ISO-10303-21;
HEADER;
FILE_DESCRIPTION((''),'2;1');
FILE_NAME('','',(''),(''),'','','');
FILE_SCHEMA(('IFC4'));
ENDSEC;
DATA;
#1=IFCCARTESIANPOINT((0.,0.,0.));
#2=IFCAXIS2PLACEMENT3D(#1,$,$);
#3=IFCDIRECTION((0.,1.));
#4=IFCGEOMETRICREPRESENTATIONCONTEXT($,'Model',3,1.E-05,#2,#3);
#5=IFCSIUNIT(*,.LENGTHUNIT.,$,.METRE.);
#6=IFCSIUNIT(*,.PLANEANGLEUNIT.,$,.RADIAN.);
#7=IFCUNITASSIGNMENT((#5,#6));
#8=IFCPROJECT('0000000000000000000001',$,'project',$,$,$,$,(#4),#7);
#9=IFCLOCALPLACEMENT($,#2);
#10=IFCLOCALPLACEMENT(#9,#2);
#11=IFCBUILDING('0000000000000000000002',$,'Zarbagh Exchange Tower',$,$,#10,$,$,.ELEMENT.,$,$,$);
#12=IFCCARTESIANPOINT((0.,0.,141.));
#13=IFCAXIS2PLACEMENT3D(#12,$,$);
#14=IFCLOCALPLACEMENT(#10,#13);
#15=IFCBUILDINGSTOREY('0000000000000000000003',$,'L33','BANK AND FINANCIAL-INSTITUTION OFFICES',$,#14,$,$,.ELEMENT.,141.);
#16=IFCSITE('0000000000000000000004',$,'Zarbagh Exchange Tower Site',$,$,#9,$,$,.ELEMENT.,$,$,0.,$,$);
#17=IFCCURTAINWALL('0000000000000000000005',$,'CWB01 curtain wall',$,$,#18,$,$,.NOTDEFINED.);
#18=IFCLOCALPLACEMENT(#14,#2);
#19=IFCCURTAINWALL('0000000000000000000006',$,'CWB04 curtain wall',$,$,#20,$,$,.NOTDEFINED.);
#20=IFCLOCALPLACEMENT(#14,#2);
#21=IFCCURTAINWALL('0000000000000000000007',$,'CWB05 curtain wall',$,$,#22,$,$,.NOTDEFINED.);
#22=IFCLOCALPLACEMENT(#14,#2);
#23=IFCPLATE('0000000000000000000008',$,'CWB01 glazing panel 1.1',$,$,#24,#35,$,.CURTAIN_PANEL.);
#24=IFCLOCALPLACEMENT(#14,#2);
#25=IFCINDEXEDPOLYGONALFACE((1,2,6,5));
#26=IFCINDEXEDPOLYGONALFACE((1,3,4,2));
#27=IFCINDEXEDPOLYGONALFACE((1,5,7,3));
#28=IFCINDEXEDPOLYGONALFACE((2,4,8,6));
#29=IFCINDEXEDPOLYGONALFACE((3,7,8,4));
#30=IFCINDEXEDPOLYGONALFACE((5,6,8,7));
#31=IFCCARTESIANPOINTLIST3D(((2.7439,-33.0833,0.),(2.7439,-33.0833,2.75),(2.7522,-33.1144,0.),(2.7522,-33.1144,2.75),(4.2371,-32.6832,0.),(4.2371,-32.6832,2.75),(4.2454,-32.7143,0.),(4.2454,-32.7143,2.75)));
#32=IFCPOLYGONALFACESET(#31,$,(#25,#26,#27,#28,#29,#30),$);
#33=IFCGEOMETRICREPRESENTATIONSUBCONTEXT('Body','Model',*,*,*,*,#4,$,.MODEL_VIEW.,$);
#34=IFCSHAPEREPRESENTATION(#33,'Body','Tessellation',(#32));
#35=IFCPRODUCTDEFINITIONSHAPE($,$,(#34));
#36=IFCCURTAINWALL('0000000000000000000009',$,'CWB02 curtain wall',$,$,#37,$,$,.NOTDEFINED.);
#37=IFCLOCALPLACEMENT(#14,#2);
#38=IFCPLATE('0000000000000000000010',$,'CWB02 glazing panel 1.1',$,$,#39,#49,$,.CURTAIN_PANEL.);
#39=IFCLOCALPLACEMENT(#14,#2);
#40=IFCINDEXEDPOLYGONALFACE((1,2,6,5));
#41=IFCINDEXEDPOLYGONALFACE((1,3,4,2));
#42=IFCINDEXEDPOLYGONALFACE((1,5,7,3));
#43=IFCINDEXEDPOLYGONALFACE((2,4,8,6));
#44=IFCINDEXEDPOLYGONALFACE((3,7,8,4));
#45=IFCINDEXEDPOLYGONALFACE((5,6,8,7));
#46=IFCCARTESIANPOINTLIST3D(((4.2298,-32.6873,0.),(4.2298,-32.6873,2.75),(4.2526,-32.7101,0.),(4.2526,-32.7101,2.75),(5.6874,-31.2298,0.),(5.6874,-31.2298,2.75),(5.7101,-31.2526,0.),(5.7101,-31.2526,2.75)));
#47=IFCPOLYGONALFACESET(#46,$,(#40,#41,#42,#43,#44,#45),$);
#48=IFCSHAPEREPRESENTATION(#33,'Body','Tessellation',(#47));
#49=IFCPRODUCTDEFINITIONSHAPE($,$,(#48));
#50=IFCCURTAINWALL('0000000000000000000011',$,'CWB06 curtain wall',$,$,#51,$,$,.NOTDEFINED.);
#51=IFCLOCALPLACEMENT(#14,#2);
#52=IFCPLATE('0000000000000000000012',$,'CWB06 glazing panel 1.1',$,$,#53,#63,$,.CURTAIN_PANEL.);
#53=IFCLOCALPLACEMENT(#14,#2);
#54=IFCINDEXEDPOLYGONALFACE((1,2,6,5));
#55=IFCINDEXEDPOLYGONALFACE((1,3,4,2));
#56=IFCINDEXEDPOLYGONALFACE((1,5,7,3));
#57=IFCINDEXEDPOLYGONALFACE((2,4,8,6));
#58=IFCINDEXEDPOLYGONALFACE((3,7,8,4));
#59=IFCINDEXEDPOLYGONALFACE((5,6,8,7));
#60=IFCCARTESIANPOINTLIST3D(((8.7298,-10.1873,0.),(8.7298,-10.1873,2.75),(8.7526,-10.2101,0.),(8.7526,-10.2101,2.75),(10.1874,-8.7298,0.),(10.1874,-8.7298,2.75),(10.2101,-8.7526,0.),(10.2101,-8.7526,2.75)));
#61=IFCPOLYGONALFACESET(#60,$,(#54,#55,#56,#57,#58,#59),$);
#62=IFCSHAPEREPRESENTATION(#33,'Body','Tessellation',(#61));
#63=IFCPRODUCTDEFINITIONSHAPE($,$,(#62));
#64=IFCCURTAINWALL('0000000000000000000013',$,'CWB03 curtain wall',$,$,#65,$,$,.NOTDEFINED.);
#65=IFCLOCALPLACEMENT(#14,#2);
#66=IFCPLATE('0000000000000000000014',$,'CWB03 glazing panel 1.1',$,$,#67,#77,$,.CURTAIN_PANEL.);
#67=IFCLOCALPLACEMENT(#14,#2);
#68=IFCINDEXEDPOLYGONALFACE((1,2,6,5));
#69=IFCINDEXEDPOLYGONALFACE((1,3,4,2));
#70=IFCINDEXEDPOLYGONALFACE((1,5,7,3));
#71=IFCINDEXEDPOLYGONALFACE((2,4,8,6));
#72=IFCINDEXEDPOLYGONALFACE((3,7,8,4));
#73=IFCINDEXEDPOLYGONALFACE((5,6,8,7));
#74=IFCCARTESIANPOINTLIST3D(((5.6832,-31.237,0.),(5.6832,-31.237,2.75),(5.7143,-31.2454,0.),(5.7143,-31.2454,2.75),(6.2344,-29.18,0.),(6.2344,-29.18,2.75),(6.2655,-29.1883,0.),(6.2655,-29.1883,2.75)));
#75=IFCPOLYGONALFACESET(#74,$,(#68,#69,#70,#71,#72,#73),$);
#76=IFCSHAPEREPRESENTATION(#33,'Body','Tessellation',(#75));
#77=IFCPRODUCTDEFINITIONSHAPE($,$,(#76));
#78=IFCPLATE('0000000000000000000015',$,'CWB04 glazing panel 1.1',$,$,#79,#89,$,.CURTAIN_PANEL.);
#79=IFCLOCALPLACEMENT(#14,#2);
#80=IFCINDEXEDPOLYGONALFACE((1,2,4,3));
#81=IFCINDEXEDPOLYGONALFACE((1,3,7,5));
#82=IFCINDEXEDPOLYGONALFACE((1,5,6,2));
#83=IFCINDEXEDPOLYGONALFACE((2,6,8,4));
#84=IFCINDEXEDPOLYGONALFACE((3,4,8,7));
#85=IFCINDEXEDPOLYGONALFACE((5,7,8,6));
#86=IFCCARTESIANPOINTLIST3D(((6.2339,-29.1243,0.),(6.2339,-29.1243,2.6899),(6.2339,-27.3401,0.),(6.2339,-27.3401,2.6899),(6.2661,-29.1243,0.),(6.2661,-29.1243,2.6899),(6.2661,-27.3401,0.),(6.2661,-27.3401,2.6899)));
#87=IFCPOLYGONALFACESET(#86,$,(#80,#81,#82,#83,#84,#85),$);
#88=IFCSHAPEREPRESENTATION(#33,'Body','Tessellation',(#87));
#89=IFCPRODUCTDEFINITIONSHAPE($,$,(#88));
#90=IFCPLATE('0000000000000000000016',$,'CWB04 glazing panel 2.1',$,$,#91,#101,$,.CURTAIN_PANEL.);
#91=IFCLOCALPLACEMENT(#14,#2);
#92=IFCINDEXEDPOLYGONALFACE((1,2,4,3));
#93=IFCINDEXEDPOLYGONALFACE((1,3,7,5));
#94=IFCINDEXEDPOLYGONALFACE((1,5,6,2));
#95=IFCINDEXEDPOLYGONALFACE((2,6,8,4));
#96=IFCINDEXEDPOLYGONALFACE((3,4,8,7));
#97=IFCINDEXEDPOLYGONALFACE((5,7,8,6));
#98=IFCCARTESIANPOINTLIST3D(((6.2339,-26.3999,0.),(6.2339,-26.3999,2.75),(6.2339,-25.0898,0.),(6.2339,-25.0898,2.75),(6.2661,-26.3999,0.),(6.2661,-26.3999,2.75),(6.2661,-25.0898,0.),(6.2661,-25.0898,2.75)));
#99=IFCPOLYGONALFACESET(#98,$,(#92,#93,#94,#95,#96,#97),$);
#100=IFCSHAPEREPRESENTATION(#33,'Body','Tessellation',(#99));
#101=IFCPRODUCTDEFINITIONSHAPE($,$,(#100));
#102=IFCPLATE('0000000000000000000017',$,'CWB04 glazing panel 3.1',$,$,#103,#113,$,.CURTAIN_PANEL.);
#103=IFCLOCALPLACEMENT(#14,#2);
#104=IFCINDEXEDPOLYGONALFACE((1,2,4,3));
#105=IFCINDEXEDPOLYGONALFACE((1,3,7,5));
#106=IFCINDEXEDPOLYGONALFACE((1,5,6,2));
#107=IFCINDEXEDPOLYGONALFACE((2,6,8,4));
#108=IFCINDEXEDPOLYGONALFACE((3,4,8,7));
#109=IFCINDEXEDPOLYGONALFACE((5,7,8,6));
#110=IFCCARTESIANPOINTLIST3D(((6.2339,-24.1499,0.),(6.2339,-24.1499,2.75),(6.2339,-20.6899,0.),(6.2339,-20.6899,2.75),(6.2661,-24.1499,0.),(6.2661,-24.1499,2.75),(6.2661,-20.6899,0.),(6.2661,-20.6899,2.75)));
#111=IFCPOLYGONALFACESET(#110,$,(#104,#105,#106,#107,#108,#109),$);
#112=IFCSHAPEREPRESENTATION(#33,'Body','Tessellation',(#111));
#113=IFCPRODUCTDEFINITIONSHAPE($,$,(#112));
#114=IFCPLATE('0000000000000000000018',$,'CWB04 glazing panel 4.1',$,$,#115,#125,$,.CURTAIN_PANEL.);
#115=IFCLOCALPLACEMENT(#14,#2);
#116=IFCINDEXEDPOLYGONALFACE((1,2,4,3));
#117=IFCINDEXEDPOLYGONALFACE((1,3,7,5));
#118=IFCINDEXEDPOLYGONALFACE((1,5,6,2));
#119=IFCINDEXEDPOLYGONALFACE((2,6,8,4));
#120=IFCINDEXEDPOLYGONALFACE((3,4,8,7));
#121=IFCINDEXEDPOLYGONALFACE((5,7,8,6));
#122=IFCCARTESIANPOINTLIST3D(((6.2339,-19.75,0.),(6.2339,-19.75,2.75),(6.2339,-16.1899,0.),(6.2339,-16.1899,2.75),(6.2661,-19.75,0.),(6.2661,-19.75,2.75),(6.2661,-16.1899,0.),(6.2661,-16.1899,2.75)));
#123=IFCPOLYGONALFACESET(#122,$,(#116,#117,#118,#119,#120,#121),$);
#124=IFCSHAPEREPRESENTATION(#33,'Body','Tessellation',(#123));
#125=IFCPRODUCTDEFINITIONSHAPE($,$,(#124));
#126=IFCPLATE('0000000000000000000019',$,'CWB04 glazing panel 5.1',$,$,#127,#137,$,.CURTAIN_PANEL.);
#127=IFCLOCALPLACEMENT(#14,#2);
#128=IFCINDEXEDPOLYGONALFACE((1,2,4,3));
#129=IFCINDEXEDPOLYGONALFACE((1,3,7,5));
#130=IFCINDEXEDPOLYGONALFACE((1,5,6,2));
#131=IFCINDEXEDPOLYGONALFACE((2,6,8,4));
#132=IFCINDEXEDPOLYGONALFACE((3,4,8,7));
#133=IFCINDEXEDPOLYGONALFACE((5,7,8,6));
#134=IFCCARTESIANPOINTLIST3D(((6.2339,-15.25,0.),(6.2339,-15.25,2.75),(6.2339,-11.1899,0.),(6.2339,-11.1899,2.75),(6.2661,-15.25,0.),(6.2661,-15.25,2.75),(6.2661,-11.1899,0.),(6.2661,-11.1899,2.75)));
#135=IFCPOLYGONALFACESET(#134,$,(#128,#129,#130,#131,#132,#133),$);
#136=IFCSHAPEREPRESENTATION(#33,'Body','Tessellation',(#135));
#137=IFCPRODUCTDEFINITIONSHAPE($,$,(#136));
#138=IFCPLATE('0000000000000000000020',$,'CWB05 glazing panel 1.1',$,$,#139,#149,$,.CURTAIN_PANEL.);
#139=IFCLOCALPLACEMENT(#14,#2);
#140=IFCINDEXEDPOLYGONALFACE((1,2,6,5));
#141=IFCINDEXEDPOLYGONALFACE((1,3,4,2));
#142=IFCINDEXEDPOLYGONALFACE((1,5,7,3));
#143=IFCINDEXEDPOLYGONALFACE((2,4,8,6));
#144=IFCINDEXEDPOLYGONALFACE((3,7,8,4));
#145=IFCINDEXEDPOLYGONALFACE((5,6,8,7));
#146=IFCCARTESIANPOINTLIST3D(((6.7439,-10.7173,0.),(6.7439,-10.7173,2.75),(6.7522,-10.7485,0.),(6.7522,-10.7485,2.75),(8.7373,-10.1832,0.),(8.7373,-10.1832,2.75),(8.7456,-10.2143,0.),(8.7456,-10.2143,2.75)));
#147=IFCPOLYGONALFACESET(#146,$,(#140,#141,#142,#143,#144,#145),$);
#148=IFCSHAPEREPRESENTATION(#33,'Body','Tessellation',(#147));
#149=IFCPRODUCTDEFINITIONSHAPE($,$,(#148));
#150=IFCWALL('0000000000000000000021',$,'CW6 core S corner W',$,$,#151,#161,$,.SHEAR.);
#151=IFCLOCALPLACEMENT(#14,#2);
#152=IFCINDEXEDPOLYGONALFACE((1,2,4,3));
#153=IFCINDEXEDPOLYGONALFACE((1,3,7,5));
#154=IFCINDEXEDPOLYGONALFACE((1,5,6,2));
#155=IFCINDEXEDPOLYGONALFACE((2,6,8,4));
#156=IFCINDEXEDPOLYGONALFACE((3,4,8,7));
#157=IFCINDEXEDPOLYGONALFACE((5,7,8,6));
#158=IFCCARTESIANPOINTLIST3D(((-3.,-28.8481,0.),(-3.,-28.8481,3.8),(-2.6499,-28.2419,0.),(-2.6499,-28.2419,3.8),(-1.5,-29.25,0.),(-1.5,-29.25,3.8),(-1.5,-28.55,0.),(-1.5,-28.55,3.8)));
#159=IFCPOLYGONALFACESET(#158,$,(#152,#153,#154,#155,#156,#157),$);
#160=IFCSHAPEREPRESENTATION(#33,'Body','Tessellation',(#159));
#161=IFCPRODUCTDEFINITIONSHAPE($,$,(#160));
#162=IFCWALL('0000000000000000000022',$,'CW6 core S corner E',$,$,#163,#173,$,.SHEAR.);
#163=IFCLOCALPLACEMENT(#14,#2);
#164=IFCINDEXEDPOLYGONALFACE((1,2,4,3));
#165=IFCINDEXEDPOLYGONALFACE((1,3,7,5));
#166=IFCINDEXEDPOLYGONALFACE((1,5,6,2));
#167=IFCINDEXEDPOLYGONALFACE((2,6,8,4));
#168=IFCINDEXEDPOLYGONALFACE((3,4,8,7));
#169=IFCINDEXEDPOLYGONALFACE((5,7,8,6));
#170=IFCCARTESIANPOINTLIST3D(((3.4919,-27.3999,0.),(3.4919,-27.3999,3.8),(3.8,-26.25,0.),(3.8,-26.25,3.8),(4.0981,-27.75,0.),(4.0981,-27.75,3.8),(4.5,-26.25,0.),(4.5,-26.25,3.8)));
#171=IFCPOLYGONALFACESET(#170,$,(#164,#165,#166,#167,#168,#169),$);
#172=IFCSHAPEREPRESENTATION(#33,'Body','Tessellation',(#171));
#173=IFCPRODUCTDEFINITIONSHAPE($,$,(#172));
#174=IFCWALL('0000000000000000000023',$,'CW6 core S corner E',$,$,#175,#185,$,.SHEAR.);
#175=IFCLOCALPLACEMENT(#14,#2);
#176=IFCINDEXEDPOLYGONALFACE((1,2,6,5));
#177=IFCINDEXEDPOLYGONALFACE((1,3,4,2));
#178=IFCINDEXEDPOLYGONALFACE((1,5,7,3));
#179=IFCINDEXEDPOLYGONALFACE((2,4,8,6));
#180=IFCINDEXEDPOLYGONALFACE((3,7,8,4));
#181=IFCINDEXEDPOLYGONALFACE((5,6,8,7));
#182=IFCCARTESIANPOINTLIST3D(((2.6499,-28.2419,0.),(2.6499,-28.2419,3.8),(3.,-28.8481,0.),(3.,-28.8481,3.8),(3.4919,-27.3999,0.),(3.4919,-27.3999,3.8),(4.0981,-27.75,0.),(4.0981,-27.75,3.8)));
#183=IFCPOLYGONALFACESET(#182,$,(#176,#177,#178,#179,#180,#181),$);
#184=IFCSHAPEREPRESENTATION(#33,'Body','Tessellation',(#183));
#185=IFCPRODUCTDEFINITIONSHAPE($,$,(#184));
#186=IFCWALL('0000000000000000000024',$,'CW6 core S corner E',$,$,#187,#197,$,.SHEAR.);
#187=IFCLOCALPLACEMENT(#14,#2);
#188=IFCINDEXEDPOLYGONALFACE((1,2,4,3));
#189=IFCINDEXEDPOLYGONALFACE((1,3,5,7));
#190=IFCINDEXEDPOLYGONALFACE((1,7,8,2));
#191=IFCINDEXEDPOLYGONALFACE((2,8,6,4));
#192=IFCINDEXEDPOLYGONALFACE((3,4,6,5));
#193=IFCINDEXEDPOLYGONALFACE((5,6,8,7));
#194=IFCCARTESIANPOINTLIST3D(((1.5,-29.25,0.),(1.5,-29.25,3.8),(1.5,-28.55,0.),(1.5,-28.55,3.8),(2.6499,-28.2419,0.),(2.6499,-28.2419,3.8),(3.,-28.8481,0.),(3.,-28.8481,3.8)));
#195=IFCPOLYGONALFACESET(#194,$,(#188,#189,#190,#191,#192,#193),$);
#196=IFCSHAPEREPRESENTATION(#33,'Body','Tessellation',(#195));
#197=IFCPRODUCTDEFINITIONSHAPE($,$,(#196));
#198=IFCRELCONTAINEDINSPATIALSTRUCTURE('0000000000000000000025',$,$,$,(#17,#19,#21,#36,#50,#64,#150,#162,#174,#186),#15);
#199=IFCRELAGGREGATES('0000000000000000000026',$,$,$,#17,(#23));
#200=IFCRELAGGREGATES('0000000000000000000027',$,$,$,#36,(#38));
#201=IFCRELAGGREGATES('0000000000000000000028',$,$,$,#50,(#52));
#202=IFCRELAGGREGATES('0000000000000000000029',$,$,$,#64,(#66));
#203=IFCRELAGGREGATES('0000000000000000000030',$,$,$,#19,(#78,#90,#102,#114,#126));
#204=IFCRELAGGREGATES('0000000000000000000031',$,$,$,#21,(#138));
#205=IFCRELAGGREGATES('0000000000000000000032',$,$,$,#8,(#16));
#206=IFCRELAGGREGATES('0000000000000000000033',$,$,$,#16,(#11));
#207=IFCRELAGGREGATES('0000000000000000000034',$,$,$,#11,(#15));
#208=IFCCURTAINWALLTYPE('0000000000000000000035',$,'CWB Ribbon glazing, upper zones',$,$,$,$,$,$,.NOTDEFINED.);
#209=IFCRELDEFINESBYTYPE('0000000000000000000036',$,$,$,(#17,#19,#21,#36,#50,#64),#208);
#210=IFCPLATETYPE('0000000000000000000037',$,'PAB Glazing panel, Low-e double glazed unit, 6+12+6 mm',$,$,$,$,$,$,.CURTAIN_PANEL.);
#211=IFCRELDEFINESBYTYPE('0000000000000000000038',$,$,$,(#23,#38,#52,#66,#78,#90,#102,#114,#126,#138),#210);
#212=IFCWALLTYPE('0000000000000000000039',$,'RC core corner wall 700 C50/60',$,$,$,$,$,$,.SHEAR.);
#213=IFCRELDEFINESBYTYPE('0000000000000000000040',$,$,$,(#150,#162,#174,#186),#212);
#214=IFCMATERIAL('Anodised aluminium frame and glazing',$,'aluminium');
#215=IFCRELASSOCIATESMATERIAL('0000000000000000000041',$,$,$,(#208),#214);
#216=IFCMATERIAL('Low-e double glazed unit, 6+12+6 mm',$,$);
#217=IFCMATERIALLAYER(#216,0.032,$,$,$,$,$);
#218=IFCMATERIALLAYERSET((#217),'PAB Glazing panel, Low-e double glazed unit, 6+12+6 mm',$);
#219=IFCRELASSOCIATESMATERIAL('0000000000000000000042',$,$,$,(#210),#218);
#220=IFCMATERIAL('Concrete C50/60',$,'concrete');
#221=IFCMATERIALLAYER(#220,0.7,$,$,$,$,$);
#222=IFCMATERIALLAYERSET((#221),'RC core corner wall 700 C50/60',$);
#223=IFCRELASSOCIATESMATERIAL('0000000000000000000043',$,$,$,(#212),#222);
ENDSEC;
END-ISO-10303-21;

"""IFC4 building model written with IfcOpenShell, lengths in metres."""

from ifc_helpers import new_model, si_unit, direction, frame, origin, place, context, subcontext, project, spatial, polyline, outline, extrude, source, transform, mapped, material, layer, layer_set, type_object, element, aggregate, save


model = new_model("IFC4")

# Units and contexts
model_context = context("Model", 3, precision=1e-05, world=origin(), true_north=direction((0.0, 1.0)))
body_context = subcontext(model_context, "Body", "Model", "MODEL_VIEW")
ifc_project = project(units=[si_unit("LENGTHUNIT", "METRE"), si_unit("PLANEANGLEUNIT", "RADIAN")], contexts=[model_context])

# Site, building, storey
site_placement = place(None, origin())
site = spatial("IfcSite", under=ifc_project, at=site_placement, Name="Zarbagh Exchange Tower Site", CompositionType="ELEMENT", RefElevation=0.0)
building_placement = place(site_placement, origin())
building = spatial("IfcBuilding", under=site, at=building_placement, Name="Zarbagh Exchange Tower", CompositionType="ELEMENT")
storey_placement = place(building_placement, frame((0.0, 0.0, 141.0)))
storey = spatial("IfcBuildingStorey", under=building, at=storey_placement, Name="L33", Description="BANK AND FINANCIAL-INSTITUTION OFFICES", CompositionType="ELEMENT", Elevation=141.0)

# Curtain wall
ifc_material_1 = material(Name="Anodised aluminium frame and glazing", Category="aluminium")
curtain_wall_type = type_object("IfcCurtainWallType", Name="CWB Ribbon glazing, upper zones", PredefinedType="NOTDEFINED", material=ifc_material_1)
curtain_wall_1_placement = place(storey_placement, origin())
curtain_wall_1 = element("IfcCurtainWall", 1, at=curtain_wall_1_placement, inside=storey, type_object=curtain_wall_type, Name="CWB01 curtain wall", PredefinedType="NOTDEFINED")
placement = place(storey_placement, origin())

# Curtain wall
curtain_wall_2_placement = place(storey_placement, origin())
curtain_wall_2 = element("IfcCurtainWall", 2, at=curtain_wall_2_placement, inside=storey, type_object=curtain_wall_type, Name="CWB04 curtain wall", PredefinedType="NOTDEFINED")

# Curtain wall
curtain_wall_3_placement = place(storey_placement, origin())
curtain_wall_3 = element("IfcCurtainWall", 3, at=curtain_wall_3_placement, inside=storey, type_object=curtain_wall_type, Name="CWB05 curtain wall", PredefinedType="NOTDEFINED")

# Plate
ifc_material_2 = material(Name="Low-e double glazed unit, 6+12+6 mm")
ifc_layer_1 = layer(ifc_material_2, 0.032)
ifc_layer_set_1 = layer_set([ifc_layer_1], Name="PAB Glazing panel, Low-e double glazed unit, 6+12+6 mm")
plate_type = type_object("IfcPlateType", Name="PAB Glazing panel, Low-e double glazed unit, 6+12+6 mm", PredefinedType="CURTAIN_PANEL", material=ifc_layer_set_1)
shared_shape_1 = source(origin(), body_context, "Body", "SweptSolid", [
    extrude(outline(polyline([(0.0, -0.0161), (1.5459, -0.0161), (1.5459, 0.0161), (0.0, 0.0161), (0.0, -0.0161)])), origin(), (0.0, 0.0, 1.0), 2.75),
])
plate_1 = element("IfcPlate", 4, at=placement, type_object=plate_type, Name="CWB01 glazing panel 1.1", PredefinedType="CURTAIN_PANEL", context=body_context, shape_type="MappedRepresentation", body=[
    mapped(shared_shape_1, transform((2.748, -33.0989, 0.0), x_axis=(0.965924, 0.258825, 0.0), y_axis=(-0.258825, 0.965924, 0.0), z_axis=(0.0, 0.0, 1.0))),
])
aggregate(curtain_wall_1, [plate_1])

# Curtain walls, plates
curtain_wall_4_placement = place(storey_placement, origin())
curtain_wall_4 = element("IfcCurtainWall", 5, at=curtain_wall_4_placement, inside=storey, type_object=curtain_wall_type, Name="CWB02 curtain wall", PredefinedType="NOTDEFINED")
shared_shape_2 = source(origin(), body_context, "Body", "SweptSolid", [
    extrude(outline(polyline([(0.0, -0.0161), (2.0613, -0.0161), (2.0613, 0.0161), (0.0, 0.0161), (0.0, -0.0161)])), origin(), (0.0, 0.0, 1.0), 2.75),
])
plate_2 = element("IfcPlate", 6, at=placement, type_object=plate_type, Name="CWB02 glazing panel 1.1", PredefinedType="CURTAIN_PANEL", context=body_context, shape_type="MappedRepresentation", body=[
    mapped(shared_shape_2, transform((4.2412, -32.6987, 0.0), x_axis=(0.707107, 0.707107, 0.0), y_axis=(-0.707107, 0.707107, 0.0), z_axis=(0.0, 0.0, 1.0))),
])
aggregate(curtain_wall_4, [plate_2])
curtain_wall_5_placement = place(storey_placement, origin())
curtain_wall_5 = element("IfcCurtainWall", 7, at=curtain_wall_5_placement, inside=storey, type_object=curtain_wall_type, Name="CWB06 curtain wall", PredefinedType="NOTDEFINED")
plate_3 = element("IfcPlate", 8, at=placement, type_object=plate_type, Name="CWB06 glazing panel 1.1", PredefinedType="CURTAIN_PANEL", context=body_context, shape_type="MappedRepresentation", body=[
    mapped(shared_shape_2, transform((8.7412, -10.1987, 0.0), x_axis=(0.707107, 0.707107, 0.0), y_axis=(-0.707107, 0.707107, 0.0), z_axis=(0.0, 0.0, 1.0))),
])
aggregate(curtain_wall_5, [plate_3])
curtain_wall_6_placement = place(storey_placement, origin())
curtain_wall_6 = element("IfcCurtainWall", 9, at=curtain_wall_6_placement, inside=storey, type_object=curtain_wall_type, Name="CWB03 curtain wall", PredefinedType="NOTDEFINED")
shared_shape_3 = source(origin(), body_context, "Body", "SweptSolid", [
    extrude(outline(polyline([(0.0, -0.0161), (2.1296, -0.0161), (2.1296, 0.0161), (0.0, 0.0161), (0.0, -0.0161)])), origin(), (0.0, 0.0, 1.0), 2.75),
])
plate_4 = element("IfcPlate", 10, at=placement, type_object=plate_type, Name="CWB03 glazing panel 1.1", PredefinedType="CURTAIN_PANEL", context=body_context, shape_type="MappedRepresentation", body=[
    mapped(shared_shape_3, transform((5.6987, -31.2412, 0.0), x_axis=(0.258825, 0.965924, 0.0), y_axis=(-0.965924, 0.258825, 0.0), z_axis=(0.0, 0.0, 1.0))),
])
aggregate(curtain_wall_6, [plate_4])

# Plates
shared_shape_4 = source(origin(), body_context, "Body", "SweptSolid", [
    extrude(outline(polyline([(0.0, -0.0161), (1.7842, -0.0161), (1.7842, 0.0161), (0.0, 0.0161), (0.0, -0.0161)])), origin(), (0.0, 0.0, 1.0), 2.6899),
])
plate_5 = element("IfcPlate", 11, at=placement, type_object=plate_type, Name="CWB04 glazing panel 1.1", PredefinedType="CURTAIN_PANEL", context=body_context, shape_type="MappedRepresentation", body=[
    mapped(shared_shape_4, transform((6.25, -29.1243, 0.0), x_axis=(0.0, 1.0, 0.0), y_axis=(-1.0, 0.0, 0.0), z_axis=(0.0, 0.0, 1.0))),
])
shared_shape_5 = source(origin(), body_context, "Body", "SweptSolid", [
    extrude(outline(polyline([(0.0, -0.0161), (1.3101, -0.0161), (1.3101, 0.0161), (0.0, 0.0161), (0.0, -0.0161)])), origin(), (0.0, 0.0, 1.0), 2.75),
])
plate_6 = element("IfcPlate", 12, at=placement, type_object=plate_type, Name="CWB04 glazing panel 2.1", PredefinedType="CURTAIN_PANEL", context=body_context, shape_type="MappedRepresentation", body=[
    mapped(shared_shape_5, transform((6.25, -26.3999, 0.0), x_axis=(0.0, 1.0, 0.0), y_axis=(-1.0, 0.0, 0.0), z_axis=(0.0, 0.0, 1.0))),
])
shared_shape_6 = source(origin(), body_context, "Body", "SweptSolid", [
    extrude(outline(polyline([(0.0, -0.0161), (3.46, -0.0161), (3.46, 0.0161), (0.0, 0.0161), (0.0, -0.0161)])), origin(), (0.0, 0.0, 1.0), 2.75),
])
plate_7 = element("IfcPlate", 13, at=placement, type_object=plate_type, Name="CWB04 glazing panel 3.1", PredefinedType="CURTAIN_PANEL", context=body_context, shape_type="MappedRepresentation", body=[
    mapped(shared_shape_6, transform((6.25, -24.1499, 0.0), x_axis=(0.0, 1.0, 0.0), y_axis=(-1.0, 0.0, 0.0), z_axis=(0.0, 0.0, 1.0))),
])
shared_shape_7 = source(origin(), body_context, "Body", "SweptSolid", [
    extrude(outline(polyline([(0.0, -0.0161), (3.5601, -0.0161), (3.5601, 0.0161), (0.0, 0.0161), (0.0, -0.0161)])), origin(), (0.0, 0.0, 1.0), 2.75),
])
plate_8 = element("IfcPlate", 14, at=placement, type_object=plate_type, Name="CWB04 glazing panel 4.1", PredefinedType="CURTAIN_PANEL", context=body_context, shape_type="MappedRepresentation", body=[
    mapped(shared_shape_7, transform((6.25, -19.75, 0.0), x_axis=(0.0, 1.0, 0.0), y_axis=(-1.0, 0.0, 0.0), z_axis=(0.0, 0.0, 1.0))),
])
shared_shape_8 = source(origin(), body_context, "Body", "SweptSolid", [
    extrude(outline(polyline([(0.0, -0.0161), (4.0601, -0.0161), (4.0601, 0.0161), (0.0, 0.0161), (0.0, -0.0161)])), origin(), (0.0, 0.0, 1.0), 2.75),
])
plate_9 = element("IfcPlate", 15, at=placement, type_object=plate_type, Name="CWB04 glazing panel 5.1", PredefinedType="CURTAIN_PANEL", context=body_context, shape_type="MappedRepresentation", body=[
    mapped(shared_shape_8, transform((6.25, -15.25, 0.0), x_axis=(0.0, 1.0, 0.0), y_axis=(-1.0, 0.0, 0.0), z_axis=(0.0, 0.0, 1.0))),
])
aggregate(curtain_wall_2, [plate_5, plate_6, plate_7, plate_8, plate_9])
shared_shape_9 = source(origin(), body_context, "Body", "SweptSolid", [
    extrude(outline(polyline([(0.0, -0.0161), (2.0637, -0.0161), (2.0637, 0.0161), (0.0, 0.0161), (0.0, -0.0161)])), origin(), (0.0, 0.0, 1.0), 2.75),
])
plate_10 = element("IfcPlate", 16, at=placement, type_object=plate_type, Name="CWB05 glazing panel 1.1", PredefinedType="CURTAIN_PANEL", context=body_context, shape_type="MappedRepresentation", body=[
    mapped(shared_shape_9, transform((6.748, -10.7329, 0.0), x_axis=(0.965924, 0.258825, 0.0), y_axis=(-0.258825, 0.965924, 0.0), z_axis=(0.0, 0.0, 1.0))),
])
aggregate(curtain_wall_3, [plate_10])

# Walls
ifc_material_3 = material(Name="Concrete C50/60", Category="concrete")
ifc_layer_2 = layer(ifc_material_3, 0.7)
ifc_layer_set_2 = layer_set([ifc_layer_2], Name="RC core corner wall 700 C50/60")
wall_type = type_object("IfcWallType", Name="RC core corner wall 700 C50/60", PredefinedType="SHEAR", material=ifc_layer_set_2)
wall_1_placement = place(storey_placement, origin())
element("IfcWall", 17, at=wall_1_placement, inside=storey, type_object=wall_type, Name="CW6 core S corner W", PredefinedType="SHEAR", context=body_context, shape_type="SweptSolid", body=[
    extrude(outline(polyline([(-3.0, -28.8481), (-1.5, -29.25), (-1.5, -28.55), (-2.6499, -28.2419), (-3.0, -28.8481)])), origin(), (0.0, 0.0, 1.0), 3.8),
])
wall_2_placement = place(storey_placement, origin())
element("IfcWall", 18, at=wall_2_placement, inside=storey, type_object=wall_type, Name="CW6 core S corner E", PredefinedType="SHEAR", context=body_context, shape_type="SweptSolid", body=[
    extrude(outline(polyline([(4.5, -26.25), (4.0981, -27.75), (3.4919, -27.3999), (3.8, -26.25), (4.5, -26.25)])), origin(), (0.0, 0.0, 1.0), 3.8),
])
wall_3_placement = place(storey_placement, origin())
element("IfcWall", 19, at=wall_3_placement, inside=storey, type_object=wall_type, Name="CW6 core S corner E", PredefinedType="SHEAR", context=body_context, shape_type="SweptSolid", body=[
    extrude(outline(polyline([(4.0981, -27.75), (3.0, -28.8481), (2.6499, -28.2419), (3.4919, -27.3999), (4.0981, -27.75)])), origin(), (0.0, 0.0, 1.0), 3.8),
])
wall_4_placement = place(storey_placement, origin())
element("IfcWall", 20, at=wall_4_placement, inside=storey, type_object=wall_type, Name="CW6 core S corner E", PredefinedType="SHEAR", context=body_context, shape_type="SweptSolid", body=[
    extrude(outline(polyline([(3.0, -28.8481), (1.5, -29.25), (1.5, -28.55), (2.6499, -28.2419), (3.0, -28.8481)])), origin(), (0.0, 0.0, 1.0), 3.8),
])

save(model, "model.ifc")
